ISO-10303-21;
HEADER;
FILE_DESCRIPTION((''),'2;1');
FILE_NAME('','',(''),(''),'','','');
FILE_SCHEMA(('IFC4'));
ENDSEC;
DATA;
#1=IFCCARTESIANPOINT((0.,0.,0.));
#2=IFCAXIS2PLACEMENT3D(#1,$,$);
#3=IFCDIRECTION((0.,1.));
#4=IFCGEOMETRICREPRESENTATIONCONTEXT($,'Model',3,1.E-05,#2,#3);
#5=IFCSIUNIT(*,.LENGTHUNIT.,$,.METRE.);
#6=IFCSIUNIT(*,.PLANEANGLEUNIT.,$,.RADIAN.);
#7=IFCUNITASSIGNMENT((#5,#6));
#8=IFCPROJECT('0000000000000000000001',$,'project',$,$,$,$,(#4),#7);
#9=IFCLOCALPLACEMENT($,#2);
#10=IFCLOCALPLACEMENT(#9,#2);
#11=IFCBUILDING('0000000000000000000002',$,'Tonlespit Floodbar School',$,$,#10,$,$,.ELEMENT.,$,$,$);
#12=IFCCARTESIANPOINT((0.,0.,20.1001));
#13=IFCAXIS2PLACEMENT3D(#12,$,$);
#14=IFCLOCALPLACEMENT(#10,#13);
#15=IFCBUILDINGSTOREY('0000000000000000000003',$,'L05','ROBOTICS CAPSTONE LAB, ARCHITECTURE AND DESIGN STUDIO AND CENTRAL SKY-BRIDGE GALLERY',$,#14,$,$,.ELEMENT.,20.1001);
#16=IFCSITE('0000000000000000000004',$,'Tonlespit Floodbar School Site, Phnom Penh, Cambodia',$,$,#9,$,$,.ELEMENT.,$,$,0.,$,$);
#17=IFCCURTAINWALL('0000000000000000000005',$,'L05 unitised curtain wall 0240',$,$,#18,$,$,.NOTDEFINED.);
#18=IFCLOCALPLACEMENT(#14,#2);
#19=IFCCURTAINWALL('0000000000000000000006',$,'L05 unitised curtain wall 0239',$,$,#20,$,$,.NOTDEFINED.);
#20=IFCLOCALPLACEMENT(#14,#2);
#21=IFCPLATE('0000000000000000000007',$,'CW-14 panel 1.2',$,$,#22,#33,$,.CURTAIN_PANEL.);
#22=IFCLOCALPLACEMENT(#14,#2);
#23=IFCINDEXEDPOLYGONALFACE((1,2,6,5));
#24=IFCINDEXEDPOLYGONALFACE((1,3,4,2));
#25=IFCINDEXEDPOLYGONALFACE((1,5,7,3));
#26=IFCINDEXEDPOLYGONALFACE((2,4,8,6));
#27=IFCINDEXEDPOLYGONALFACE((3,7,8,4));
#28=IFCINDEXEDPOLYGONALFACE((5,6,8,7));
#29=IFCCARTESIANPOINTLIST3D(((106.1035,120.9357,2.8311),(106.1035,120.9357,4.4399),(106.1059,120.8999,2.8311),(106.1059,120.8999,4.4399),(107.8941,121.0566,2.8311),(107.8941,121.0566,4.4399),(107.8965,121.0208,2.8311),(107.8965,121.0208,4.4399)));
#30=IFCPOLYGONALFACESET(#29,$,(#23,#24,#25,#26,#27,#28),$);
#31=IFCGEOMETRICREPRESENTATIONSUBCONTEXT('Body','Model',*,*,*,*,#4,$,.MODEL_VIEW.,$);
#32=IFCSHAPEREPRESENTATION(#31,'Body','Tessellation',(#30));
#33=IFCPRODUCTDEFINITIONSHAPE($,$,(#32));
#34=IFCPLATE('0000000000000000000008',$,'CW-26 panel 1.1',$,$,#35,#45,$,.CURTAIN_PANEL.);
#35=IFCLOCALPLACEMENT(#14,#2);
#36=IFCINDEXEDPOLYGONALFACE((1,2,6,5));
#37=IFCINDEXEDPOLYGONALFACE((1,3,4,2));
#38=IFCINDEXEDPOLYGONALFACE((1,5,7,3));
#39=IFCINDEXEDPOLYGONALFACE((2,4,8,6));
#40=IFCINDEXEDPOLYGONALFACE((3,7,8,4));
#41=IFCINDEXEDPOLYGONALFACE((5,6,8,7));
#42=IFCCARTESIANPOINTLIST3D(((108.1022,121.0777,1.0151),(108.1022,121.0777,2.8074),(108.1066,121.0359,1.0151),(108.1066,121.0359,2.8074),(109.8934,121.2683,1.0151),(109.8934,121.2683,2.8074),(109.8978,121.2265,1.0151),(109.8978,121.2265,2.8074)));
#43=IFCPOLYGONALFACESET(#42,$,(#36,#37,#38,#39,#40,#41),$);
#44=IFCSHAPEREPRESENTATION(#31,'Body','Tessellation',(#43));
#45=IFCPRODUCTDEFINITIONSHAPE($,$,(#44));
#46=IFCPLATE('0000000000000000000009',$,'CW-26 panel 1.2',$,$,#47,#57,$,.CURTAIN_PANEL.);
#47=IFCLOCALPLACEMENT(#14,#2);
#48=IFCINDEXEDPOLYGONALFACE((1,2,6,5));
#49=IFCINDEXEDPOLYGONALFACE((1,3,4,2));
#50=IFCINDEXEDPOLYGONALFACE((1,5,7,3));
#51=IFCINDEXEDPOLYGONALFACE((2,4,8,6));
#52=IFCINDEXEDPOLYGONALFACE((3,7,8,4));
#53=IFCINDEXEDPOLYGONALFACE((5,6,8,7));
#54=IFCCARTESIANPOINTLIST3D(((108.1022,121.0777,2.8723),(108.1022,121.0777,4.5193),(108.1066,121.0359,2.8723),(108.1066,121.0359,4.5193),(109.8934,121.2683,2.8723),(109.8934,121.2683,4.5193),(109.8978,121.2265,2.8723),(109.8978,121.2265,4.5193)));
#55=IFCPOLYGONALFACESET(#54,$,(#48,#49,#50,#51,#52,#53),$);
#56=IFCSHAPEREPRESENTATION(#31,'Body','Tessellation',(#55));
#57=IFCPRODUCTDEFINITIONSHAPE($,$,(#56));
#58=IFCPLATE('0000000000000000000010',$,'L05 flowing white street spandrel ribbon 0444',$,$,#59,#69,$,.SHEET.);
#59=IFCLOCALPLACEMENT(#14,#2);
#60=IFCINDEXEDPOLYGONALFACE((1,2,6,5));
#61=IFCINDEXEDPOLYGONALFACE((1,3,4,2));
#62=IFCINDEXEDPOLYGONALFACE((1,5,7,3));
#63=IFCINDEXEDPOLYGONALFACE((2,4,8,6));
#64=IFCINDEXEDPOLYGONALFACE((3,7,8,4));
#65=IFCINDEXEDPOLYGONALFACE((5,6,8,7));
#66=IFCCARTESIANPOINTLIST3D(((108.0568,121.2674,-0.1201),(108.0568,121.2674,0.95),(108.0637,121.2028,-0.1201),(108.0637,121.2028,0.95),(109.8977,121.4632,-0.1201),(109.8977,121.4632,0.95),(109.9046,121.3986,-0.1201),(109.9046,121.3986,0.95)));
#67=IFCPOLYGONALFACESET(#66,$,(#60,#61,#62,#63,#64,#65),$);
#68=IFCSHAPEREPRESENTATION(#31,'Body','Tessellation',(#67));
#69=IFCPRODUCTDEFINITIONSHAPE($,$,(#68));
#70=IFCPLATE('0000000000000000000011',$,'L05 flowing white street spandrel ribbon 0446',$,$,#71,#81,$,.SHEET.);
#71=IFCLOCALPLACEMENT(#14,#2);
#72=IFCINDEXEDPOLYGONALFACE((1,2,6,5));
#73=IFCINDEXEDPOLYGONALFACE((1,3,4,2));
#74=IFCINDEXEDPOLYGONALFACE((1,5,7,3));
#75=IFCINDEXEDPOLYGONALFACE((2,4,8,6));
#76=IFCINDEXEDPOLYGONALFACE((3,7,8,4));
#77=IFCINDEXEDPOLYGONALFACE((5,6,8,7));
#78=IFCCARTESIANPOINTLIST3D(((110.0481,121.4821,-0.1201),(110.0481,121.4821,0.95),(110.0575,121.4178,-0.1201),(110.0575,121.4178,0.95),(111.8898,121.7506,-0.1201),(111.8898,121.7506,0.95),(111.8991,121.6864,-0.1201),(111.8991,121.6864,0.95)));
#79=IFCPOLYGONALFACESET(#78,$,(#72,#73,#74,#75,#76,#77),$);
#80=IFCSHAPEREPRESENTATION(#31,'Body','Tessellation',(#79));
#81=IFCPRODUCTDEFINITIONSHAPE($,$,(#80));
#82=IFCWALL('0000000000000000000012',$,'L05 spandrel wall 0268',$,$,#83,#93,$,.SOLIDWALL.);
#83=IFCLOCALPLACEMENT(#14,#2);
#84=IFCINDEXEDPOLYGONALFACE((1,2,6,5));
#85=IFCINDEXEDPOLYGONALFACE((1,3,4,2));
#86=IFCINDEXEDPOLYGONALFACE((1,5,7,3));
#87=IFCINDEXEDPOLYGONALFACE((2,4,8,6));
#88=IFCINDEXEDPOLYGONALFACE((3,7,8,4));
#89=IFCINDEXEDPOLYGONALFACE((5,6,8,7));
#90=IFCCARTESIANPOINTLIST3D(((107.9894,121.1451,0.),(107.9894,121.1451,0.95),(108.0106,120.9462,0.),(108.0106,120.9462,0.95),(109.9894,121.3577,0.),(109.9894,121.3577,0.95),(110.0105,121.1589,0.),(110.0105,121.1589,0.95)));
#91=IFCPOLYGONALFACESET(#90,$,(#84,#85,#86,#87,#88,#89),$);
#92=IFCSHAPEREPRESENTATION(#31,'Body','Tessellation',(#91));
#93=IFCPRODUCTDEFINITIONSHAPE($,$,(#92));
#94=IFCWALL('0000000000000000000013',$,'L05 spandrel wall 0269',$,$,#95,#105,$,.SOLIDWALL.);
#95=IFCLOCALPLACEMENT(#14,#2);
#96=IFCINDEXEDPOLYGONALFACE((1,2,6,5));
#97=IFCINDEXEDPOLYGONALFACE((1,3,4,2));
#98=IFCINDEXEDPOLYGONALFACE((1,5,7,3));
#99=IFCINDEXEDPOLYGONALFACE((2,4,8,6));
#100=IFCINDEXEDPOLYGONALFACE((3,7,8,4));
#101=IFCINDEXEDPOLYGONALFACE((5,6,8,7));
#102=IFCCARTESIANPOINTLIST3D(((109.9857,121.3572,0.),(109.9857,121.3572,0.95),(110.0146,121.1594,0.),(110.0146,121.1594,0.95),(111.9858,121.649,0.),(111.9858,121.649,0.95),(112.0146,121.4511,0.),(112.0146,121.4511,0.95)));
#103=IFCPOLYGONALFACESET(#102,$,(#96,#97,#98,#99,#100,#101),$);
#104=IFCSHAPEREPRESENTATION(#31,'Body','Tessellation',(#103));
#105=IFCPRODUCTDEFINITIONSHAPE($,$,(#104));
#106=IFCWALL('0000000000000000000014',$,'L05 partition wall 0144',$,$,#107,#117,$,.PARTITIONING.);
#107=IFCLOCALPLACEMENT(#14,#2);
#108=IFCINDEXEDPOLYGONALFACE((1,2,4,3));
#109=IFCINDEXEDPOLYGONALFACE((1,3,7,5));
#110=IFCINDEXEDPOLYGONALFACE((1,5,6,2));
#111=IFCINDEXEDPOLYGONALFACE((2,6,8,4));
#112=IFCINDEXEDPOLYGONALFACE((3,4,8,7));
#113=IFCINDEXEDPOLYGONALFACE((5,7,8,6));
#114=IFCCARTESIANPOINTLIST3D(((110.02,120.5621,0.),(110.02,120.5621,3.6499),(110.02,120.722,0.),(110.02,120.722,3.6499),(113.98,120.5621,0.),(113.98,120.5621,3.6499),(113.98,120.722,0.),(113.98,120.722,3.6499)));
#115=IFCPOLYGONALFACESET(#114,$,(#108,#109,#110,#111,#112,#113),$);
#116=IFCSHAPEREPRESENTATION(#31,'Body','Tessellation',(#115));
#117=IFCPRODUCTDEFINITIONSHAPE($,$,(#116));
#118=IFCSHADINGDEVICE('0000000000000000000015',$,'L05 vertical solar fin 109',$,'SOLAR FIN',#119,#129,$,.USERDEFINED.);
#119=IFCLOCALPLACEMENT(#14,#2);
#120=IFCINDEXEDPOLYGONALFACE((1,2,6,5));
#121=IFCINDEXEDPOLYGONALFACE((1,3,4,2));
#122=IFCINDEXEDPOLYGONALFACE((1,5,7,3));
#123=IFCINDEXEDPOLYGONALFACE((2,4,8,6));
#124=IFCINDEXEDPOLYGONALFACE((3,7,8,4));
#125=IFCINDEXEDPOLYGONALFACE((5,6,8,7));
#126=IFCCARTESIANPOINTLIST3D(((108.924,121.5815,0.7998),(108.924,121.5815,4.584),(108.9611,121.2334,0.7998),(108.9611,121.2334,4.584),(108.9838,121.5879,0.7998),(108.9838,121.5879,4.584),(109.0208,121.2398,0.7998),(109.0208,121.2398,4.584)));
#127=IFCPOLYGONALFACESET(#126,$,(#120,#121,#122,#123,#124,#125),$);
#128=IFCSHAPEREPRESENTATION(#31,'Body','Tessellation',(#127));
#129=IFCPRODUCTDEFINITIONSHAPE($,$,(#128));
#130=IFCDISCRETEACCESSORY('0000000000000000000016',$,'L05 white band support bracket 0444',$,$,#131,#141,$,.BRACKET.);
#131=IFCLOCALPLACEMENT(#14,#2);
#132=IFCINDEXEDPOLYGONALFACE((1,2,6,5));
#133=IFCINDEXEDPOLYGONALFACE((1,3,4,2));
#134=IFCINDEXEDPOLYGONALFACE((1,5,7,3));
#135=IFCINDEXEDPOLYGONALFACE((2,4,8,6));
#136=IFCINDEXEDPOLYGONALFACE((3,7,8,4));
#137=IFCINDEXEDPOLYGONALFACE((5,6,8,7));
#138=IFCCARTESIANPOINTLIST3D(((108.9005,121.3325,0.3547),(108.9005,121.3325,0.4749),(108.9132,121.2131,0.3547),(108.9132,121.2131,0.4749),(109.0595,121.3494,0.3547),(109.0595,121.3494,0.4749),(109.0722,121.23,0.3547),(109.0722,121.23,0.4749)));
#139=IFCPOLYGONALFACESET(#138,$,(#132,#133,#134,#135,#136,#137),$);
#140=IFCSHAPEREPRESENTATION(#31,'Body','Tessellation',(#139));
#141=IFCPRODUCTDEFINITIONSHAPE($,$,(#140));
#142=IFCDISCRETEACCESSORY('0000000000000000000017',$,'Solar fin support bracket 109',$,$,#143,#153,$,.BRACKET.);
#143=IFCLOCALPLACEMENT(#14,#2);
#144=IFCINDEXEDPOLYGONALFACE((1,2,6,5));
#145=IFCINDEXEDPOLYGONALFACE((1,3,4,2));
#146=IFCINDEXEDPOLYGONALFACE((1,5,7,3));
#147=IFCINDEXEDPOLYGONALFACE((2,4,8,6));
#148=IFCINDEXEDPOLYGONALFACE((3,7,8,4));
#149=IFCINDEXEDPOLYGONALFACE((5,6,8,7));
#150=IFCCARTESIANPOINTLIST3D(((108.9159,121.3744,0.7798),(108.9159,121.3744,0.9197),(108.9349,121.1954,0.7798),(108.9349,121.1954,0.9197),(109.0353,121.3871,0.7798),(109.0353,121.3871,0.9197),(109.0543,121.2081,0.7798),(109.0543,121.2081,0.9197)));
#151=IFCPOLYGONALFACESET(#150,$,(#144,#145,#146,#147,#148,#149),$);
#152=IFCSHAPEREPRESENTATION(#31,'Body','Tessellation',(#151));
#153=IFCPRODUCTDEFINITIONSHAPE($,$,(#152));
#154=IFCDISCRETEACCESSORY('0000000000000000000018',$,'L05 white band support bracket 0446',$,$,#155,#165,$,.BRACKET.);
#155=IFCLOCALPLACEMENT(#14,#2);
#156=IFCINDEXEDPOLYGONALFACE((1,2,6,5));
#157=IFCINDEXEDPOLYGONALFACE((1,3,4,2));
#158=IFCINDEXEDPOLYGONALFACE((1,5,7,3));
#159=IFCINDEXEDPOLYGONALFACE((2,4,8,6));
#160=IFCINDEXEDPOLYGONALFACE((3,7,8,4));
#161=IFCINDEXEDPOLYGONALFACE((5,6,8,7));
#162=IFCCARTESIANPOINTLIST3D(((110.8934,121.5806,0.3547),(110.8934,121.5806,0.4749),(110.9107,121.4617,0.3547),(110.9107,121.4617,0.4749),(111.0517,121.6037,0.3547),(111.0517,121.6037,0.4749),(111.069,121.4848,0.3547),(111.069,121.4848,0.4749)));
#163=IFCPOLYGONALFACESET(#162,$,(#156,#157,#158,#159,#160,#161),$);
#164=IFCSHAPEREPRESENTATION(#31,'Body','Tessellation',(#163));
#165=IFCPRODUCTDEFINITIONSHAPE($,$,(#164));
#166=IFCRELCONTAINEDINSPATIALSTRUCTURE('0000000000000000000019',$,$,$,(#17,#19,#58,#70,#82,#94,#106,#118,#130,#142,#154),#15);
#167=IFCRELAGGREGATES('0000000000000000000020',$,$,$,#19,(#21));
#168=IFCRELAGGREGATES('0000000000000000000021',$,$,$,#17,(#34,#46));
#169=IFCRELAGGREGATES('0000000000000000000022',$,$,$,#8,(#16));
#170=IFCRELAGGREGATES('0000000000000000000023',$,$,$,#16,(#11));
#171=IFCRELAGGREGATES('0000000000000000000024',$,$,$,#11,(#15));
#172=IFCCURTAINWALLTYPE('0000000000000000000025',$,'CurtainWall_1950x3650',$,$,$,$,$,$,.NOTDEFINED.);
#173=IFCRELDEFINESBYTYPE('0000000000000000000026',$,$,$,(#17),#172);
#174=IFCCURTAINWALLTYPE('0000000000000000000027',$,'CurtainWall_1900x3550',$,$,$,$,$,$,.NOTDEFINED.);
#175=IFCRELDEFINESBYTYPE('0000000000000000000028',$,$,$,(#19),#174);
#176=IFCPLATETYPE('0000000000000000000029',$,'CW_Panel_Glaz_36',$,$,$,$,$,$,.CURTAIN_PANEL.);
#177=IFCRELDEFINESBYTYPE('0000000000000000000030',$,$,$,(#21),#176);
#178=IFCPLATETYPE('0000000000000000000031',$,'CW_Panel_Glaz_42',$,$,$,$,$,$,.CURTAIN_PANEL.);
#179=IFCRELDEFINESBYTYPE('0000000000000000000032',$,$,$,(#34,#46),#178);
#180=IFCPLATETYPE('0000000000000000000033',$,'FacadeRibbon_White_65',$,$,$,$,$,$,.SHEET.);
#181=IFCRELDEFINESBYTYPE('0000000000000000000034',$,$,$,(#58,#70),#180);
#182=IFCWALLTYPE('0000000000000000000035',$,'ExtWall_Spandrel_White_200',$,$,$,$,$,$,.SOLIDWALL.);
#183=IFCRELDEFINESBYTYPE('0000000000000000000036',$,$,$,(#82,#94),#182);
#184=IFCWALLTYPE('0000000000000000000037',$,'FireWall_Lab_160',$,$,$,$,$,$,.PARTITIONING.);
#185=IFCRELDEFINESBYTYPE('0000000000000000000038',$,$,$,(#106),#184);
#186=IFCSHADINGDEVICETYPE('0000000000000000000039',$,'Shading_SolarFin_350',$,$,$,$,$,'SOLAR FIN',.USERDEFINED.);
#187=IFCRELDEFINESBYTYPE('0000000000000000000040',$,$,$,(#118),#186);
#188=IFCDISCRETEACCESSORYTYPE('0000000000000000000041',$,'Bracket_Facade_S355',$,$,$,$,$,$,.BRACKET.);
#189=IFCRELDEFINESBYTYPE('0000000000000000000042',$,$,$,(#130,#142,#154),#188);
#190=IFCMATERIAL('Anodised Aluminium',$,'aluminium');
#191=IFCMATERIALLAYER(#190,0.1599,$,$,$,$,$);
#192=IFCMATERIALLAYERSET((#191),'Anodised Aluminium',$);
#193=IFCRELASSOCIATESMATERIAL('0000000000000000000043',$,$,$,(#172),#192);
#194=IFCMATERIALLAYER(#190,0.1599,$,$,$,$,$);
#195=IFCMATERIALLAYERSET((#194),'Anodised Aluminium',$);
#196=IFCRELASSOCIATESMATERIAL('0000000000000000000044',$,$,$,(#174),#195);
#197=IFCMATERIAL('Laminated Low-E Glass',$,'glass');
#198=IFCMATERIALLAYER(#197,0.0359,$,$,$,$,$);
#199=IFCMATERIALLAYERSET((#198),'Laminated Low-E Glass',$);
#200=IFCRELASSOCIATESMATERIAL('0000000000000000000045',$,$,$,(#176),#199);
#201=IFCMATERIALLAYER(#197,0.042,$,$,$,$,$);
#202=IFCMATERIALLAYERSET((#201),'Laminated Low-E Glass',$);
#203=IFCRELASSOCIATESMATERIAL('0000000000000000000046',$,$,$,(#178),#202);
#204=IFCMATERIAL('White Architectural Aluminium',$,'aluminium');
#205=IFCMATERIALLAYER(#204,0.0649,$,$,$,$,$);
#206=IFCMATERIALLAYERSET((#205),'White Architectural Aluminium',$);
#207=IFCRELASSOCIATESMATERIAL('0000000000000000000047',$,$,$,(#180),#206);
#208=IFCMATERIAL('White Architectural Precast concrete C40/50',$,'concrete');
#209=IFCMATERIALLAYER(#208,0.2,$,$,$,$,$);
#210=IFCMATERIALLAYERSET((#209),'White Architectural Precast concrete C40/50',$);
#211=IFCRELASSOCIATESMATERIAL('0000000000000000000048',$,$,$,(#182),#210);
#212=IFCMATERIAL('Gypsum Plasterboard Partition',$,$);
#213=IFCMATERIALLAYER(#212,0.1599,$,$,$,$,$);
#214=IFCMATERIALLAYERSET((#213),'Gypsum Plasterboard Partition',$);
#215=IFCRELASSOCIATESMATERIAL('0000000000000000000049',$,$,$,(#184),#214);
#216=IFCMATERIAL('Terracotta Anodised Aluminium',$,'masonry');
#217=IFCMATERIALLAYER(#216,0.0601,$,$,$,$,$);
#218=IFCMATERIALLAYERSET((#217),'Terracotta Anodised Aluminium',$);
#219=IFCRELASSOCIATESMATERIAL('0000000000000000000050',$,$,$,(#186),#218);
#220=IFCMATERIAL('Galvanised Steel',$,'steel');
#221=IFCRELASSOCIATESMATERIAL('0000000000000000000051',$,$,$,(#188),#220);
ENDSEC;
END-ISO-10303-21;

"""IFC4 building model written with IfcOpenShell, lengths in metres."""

from ifc_helpers import new_model, si_unit, direction, frame, frame_2d, origin, origin_2d, place, context, subcontext, project, spatial, rectangle, extrude, material, layer, layer_set, type_object, element, aggregate, save


model = new_model("IFC4")

# Units and contexts
model_context = context("Model", 3, precision=1e-05, world=origin(), true_north=direction((0.0, 1.0)))
body_context = subcontext(model_context, "Body", "Model", "MODEL_VIEW")
ifc_project = project(units=[si_unit("LENGTHUNIT", "METRE"), si_unit("PLANEANGLEUNIT", "RADIAN")], contexts=[model_context])

# Site, building, storey
site_placement = place(None, origin())
site = spatial("IfcSite", under=ifc_project, at=site_placement, Name="Tonlespit Floodbar School Site, Phnom Penh, Cambodia", CompositionType="ELEMENT", RefElevation=0.0)
building_placement = place(site_placement, origin())
building = spatial("IfcBuilding", under=site, at=building_placement, Name="Tonlespit Floodbar School", CompositionType="ELEMENT")
storey_placement = place(building_placement, frame((0.0, 0.0, 20.1001)))
storey = spatial("IfcBuildingStorey", under=building, at=storey_placement, Name="L05", Description="ROBOTICS CAPSTONE LAB, ARCHITECTURE AND DESIGN STUDIO AND CENTRAL SKY-BRIDGE GALLERY", CompositionType="ELEMENT", Elevation=20.1001)

# Curtain wall
ifc_material_1 = material(Name="Anodised Aluminium", Category="aluminium")
ifc_layer_1 = layer(ifc_material_1, 0.1599)
ifc_layer_set_1 = layer_set([ifc_layer_1], Name="Anodised Aluminium")
curtain_wall_type_1 = type_object("IfcCurtainWallType", Name="CurtainWall_1950x3650", PredefinedType="NOTDEFINED", material=ifc_layer_set_1)
curtain_wall_1_placement = place(storey_placement, origin())
curtain_wall_1 = element("IfcCurtainWall", 1, at=curtain_wall_1_placement, inside=storey, type_object=curtain_wall_type_1, Name="L05 unitised curtain wall 0240", PredefinedType="NOTDEFINED")

# Curtain wall
ifc_layer_2 = layer(ifc_material_1, 0.1599)
ifc_layer_set_2 = layer_set([ifc_layer_2], Name="Anodised Aluminium")
curtain_wall_type_2 = type_object("IfcCurtainWallType", Name="CurtainWall_1900x3550", PredefinedType="NOTDEFINED", material=ifc_layer_set_2)
curtain_wall_2_placement = place(storey_placement, origin())
curtain_wall_2 = element("IfcCurtainWall", 2, at=curtain_wall_2_placement, inside=storey, type_object=curtain_wall_type_2, Name="L05 unitised curtain wall 0239", PredefinedType="NOTDEFINED")

# Plates
ifc_material_2 = material(Name="Laminated Low-E Glass", Category="glass")
ifc_layer_3 = layer(ifc_material_2, 0.0359)
ifc_layer_set_3 = layer_set([ifc_layer_3], Name="Laminated Low-E Glass")
plate_type_1 = type_object("IfcPlateType", Name="CW_Panel_Glaz_36", PredefinedType="CURTAIN_PANEL", material=ifc_layer_set_3)
plate_1_placement = place(storey_placement, frame((107.0, 120.9783, 2.8311), z_axis=(0.0, 0.0, 1.0), x_axis=(0.99773, 0.06734, 0.0)))
plate_1 = element("IfcPlate", 3, at=plate_1_placement, type_object=plate_type_1, Name="CW-14 panel 1.2", PredefinedType="CURTAIN_PANEL", context=body_context, shape_type="SweptSolid", body=[
    extrude(rectangle(XDim=1.7947, YDim=0.0359, at=origin_2d()), origin(), (0.0, 0.0, 1.0), 1.6089),
])
aggregate(curtain_wall_2, [plate_1])
ifc_layer_4 = layer(ifc_material_2, 0.042)
ifc_layer_set_4 = layer_set([ifc_layer_4], Name="Laminated Low-E Glass")
plate_type_2 = type_object("IfcPlateType", Name="CW_Panel_Glaz_42", PredefinedType="CURTAIN_PANEL", material=ifc_layer_set_4)
plate_2_placement = place(storey_placement, frame((109.0, 121.1521, 1.0151), z_axis=(0.0, 0.0, 1.0), x_axis=(0.994389, 0.105787, 0.0)))
plate_2 = element("IfcPlate", 4, at=plate_2_placement, type_object=plate_type_2, Name="CW-26 panel 1.1", PredefinedType="CURTAIN_PANEL", context=body_context, shape_type="SweptSolid", body=[
    extrude(rectangle(XDim=1.8013, YDim=0.042, at=origin_2d()), origin(), (0.0, 0.0, 1.0), 1.7922),
])
plate_3_placement = place(storey_placement, frame((109.0, 121.1521, 2.8723), z_axis=(0.0, 0.0, 1.0), x_axis=(0.994389, 0.105787, 0.0)))
plate_3 = element("IfcPlate", 5, at=plate_3_placement, type_object=plate_type_2, Name="CW-26 panel 1.2", PredefinedType="CURTAIN_PANEL", context=body_context, shape_type="SweptSolid", body=[
    extrude(rectangle(XDim=1.8013, YDim=0.042, at=origin_2d()), origin(), (0.0, 0.0, 1.0), 1.647),
])
aggregate(curtain_wall_1, [plate_2, plate_3])

# Plates
ifc_material_3 = material(Name="White Architectural Aluminium", Category="aluminium")
ifc_layer_5 = layer(ifc_material_3, 0.0649)
ifc_layer_set_5 = layer_set([ifc_layer_5], Name="White Architectural Aluminium")
plate_type_3 = type_object("IfcPlateType", Name="FacadeRibbon_White_65", PredefinedType="SHEET", material=ifc_layer_set_5)
plate_4_placement = place(storey_placement, frame((108.9807, 121.333, -0.1201), z_axis=(0.0, 0.0, 1.0), x_axis=(0.994392, 0.105754, 0.0)))
element("IfcPlate", 6, at=plate_4_placement, inside=storey, type_object=plate_type_3, Name="L05 flowing white street spandrel ribbon 0444", PredefinedType="SHEET", context=body_context, shape_type="SweptSolid", body=[
    extrude(rectangle(XDim=1.8513, YDim=0.0649, at=origin_2d()), origin(), (0.0, 0.0, 1.0), 1.0701),
])
plate_5_placement = place(storey_placement, frame((110.9736, 121.5842, -0.1201), z_axis=(0.0, 0.0, 1.0), x_axis=(0.989538, 0.144275, 0.0)))
element("IfcPlate", 7, at=plate_5_placement, inside=storey, type_object=plate_type_3, Name="L05 flowing white street spandrel ribbon 0446", PredefinedType="SHEET", context=body_context, shape_type="SweptSolid", body=[
    extrude(rectangle(XDim=1.8611, YDim=0.0649, at=origin_2d()), origin(), (0.0, 0.0, 1.0), 1.0701),
])

# Walls
ifc_material_4 = material(Name="White Architectural Precast concrete C40/50", Category="concrete")
ifc_layer_6 = layer(ifc_material_4, 0.2)
ifc_layer_set_6 = layer_set([ifc_layer_6], Name="White Architectural Precast concrete C40/50")
wall_type_1 = type_object("IfcWallType", Name="ExtWall_Spandrel_White_200", PredefinedType="SOLIDWALL", material=ifc_layer_set_6)
wall_1_placement = place(storey_placement, frame((108.0, 121.0457, 0.0), z_axis=(0.0, 0.0, 1.0), x_axis=(0.994395, 0.105727, 0.0)))
element("IfcWall", 8, at=wall_1_placement, inside=storey, type_object=wall_type_1, Name="L05 spandrel wall 0268", PredefinedType="SOLIDWALL", context=body_context, shape_type="SweptSolid", body=[
    extrude(rectangle(XDim=2.0112, YDim=0.2, at=frame_2d((1.0056, 0.0))), origin(), (0.0, 0.0, 1.0), 0.95),
])
wall_2_placement = place(storey_placement, frame((110.0, 121.2583, 0.0), z_axis=(0.0, 0.0, 1.0), x_axis=(0.989527, 0.144346, 0.0)))
element("IfcWall", 9, at=wall_2_placement, inside=storey, type_object=wall_type_1, Name="L05 spandrel wall 0269", PredefinedType="SOLIDWALL", context=body_context, shape_type="SweptSolid", body=[
    extrude(rectangle(XDim=2.0212, YDim=0.2, at=frame_2d((1.0107, 0.0))), origin(), (0.0, 0.0, 1.0), 0.95),
])
ifc_material_5 = material(Name="Gypsum Plasterboard Partition")
ifc_layer_7 = layer(ifc_material_5, 0.1599)
ifc_layer_set_7 = layer_set([ifc_layer_7], Name="Gypsum Plasterboard Partition")
wall_type_2 = type_object("IfcWallType", Name="FireWall_Lab_160", PredefinedType="PARTITIONING", material=ifc_layer_set_7)
wall_3_placement = place(storey_placement, frame((110.02, 120.6421, 0.0), z_axis=(0.0, 0.0, 1.0), x_axis=(1.0, 0.0, 0.0)))
element("IfcWall", 10, at=wall_3_placement, inside=storey, type_object=wall_type_2, Name="L05 partition wall 0144", PredefinedType="PARTITIONING", context=body_context, shape_type="SweptSolid", body=[
    extrude(rectangle(XDim=3.96, YDim=0.1599, at=frame_2d((1.98, 0.0))), origin(), (0.0, 0.0, 1.0), 3.6499),
])

# Shading device
ifc_material_6 = material(Name="Terracotta Anodised Aluminium", Category="masonry")
ifc_layer_8 = layer(ifc_material_6, 0.0601)
ifc_layer_set_8 = layer_set([ifc_layer_8], Name="Terracotta Anodised Aluminium")
shading_device_type = type_object("IfcShadingDeviceType", Name="Shading_SolarFin_350", ElementType="SOLAR FIN", PredefinedType="USERDEFINED", material=ifc_layer_set_8)
shading_device_placement = place(storey_placement, frame((108.9724, 121.4106, 0.7998), z_axis=(0.0, 0.0, 1.0), x_axis=(0.994392, 0.105754, 0.0)))
element("IfcShadingDevice", 11, at=shading_device_placement, inside=storey, type_object=shading_device_type, Name="L05 vertical solar fin 109", ObjectType="SOLAR FIN", PredefinedType="USERDEFINED", context=body_context, shape_type="SweptSolid", body=[
    extrude(rectangle(XDim=0.0601, YDim=0.3501, at=origin_2d()), origin(), (0.0, 0.0, 1.0), 3.7842),
])

# Discrete accessories
ifc_material_7 = material(Name="Galvanised Steel", Category="steel")
discrete_accessory_type = type_object("IfcDiscreteAccessoryType", Name="Bracket_Facade_S355", PredefinedType="BRACKET", material=ifc_material_7)
discrete_accessory_1_placement = place(storey_placement, frame((108.9863, 121.2812, 0.3547), z_axis=(0.0, 0.0, 1.0), x_axis=(0.994392, 0.105754, 0.0)))
element("IfcDiscreteAccessory", 12, at=discrete_accessory_1_placement, inside=storey, type_object=discrete_accessory_type, Name="L05 white band support bracket 0444", PredefinedType="BRACKET", context=body_context, shape_type="SweptSolid", body=[
    extrude(rectangle(XDim=0.1599, YDim=0.1201, at=origin_2d()), origin(), (0.0, 0.0, 1.0), 0.1201),
])
discrete_accessory_2_placement = place(storey_placement, frame((108.9851, 121.2913, 0.7798), z_axis=(0.0, 0.0, 1.0), x_axis=(0.994392, 0.105754, 0.0)))
element("IfcDiscreteAccessory", 13, at=discrete_accessory_2_placement, inside=storey, type_object=discrete_accessory_type, Name="Solar fin support bracket 109", PredefinedType="BRACKET", context=body_context, shape_type="SweptSolid", body=[
    extrude(rectangle(XDim=0.1201, YDim=0.1799, at=origin_2d()), origin(), (0.0, 0.0, 1.0), 0.1399),
])
discrete_accessory_3_placement = place(storey_placement, frame((110.9812, 121.5327, 0.3547), z_axis=(0.0, 0.0, 1.0), x_axis=(0.989538, 0.144275, 0.0)))
element("IfcDiscreteAccessory", 14, at=discrete_accessory_3_placement, inside=storey, type_object=discrete_accessory_type, Name="L05 white band support bracket 0446", PredefinedType="BRACKET", context=body_context, shape_type="SweptSolid", body=[
    extrude(rectangle(XDim=0.1599, YDim=0.1201, at=origin_2d()), origin(), (0.0, 0.0, 1.0), 0.1201),
])

save(model, "model.ifc")
